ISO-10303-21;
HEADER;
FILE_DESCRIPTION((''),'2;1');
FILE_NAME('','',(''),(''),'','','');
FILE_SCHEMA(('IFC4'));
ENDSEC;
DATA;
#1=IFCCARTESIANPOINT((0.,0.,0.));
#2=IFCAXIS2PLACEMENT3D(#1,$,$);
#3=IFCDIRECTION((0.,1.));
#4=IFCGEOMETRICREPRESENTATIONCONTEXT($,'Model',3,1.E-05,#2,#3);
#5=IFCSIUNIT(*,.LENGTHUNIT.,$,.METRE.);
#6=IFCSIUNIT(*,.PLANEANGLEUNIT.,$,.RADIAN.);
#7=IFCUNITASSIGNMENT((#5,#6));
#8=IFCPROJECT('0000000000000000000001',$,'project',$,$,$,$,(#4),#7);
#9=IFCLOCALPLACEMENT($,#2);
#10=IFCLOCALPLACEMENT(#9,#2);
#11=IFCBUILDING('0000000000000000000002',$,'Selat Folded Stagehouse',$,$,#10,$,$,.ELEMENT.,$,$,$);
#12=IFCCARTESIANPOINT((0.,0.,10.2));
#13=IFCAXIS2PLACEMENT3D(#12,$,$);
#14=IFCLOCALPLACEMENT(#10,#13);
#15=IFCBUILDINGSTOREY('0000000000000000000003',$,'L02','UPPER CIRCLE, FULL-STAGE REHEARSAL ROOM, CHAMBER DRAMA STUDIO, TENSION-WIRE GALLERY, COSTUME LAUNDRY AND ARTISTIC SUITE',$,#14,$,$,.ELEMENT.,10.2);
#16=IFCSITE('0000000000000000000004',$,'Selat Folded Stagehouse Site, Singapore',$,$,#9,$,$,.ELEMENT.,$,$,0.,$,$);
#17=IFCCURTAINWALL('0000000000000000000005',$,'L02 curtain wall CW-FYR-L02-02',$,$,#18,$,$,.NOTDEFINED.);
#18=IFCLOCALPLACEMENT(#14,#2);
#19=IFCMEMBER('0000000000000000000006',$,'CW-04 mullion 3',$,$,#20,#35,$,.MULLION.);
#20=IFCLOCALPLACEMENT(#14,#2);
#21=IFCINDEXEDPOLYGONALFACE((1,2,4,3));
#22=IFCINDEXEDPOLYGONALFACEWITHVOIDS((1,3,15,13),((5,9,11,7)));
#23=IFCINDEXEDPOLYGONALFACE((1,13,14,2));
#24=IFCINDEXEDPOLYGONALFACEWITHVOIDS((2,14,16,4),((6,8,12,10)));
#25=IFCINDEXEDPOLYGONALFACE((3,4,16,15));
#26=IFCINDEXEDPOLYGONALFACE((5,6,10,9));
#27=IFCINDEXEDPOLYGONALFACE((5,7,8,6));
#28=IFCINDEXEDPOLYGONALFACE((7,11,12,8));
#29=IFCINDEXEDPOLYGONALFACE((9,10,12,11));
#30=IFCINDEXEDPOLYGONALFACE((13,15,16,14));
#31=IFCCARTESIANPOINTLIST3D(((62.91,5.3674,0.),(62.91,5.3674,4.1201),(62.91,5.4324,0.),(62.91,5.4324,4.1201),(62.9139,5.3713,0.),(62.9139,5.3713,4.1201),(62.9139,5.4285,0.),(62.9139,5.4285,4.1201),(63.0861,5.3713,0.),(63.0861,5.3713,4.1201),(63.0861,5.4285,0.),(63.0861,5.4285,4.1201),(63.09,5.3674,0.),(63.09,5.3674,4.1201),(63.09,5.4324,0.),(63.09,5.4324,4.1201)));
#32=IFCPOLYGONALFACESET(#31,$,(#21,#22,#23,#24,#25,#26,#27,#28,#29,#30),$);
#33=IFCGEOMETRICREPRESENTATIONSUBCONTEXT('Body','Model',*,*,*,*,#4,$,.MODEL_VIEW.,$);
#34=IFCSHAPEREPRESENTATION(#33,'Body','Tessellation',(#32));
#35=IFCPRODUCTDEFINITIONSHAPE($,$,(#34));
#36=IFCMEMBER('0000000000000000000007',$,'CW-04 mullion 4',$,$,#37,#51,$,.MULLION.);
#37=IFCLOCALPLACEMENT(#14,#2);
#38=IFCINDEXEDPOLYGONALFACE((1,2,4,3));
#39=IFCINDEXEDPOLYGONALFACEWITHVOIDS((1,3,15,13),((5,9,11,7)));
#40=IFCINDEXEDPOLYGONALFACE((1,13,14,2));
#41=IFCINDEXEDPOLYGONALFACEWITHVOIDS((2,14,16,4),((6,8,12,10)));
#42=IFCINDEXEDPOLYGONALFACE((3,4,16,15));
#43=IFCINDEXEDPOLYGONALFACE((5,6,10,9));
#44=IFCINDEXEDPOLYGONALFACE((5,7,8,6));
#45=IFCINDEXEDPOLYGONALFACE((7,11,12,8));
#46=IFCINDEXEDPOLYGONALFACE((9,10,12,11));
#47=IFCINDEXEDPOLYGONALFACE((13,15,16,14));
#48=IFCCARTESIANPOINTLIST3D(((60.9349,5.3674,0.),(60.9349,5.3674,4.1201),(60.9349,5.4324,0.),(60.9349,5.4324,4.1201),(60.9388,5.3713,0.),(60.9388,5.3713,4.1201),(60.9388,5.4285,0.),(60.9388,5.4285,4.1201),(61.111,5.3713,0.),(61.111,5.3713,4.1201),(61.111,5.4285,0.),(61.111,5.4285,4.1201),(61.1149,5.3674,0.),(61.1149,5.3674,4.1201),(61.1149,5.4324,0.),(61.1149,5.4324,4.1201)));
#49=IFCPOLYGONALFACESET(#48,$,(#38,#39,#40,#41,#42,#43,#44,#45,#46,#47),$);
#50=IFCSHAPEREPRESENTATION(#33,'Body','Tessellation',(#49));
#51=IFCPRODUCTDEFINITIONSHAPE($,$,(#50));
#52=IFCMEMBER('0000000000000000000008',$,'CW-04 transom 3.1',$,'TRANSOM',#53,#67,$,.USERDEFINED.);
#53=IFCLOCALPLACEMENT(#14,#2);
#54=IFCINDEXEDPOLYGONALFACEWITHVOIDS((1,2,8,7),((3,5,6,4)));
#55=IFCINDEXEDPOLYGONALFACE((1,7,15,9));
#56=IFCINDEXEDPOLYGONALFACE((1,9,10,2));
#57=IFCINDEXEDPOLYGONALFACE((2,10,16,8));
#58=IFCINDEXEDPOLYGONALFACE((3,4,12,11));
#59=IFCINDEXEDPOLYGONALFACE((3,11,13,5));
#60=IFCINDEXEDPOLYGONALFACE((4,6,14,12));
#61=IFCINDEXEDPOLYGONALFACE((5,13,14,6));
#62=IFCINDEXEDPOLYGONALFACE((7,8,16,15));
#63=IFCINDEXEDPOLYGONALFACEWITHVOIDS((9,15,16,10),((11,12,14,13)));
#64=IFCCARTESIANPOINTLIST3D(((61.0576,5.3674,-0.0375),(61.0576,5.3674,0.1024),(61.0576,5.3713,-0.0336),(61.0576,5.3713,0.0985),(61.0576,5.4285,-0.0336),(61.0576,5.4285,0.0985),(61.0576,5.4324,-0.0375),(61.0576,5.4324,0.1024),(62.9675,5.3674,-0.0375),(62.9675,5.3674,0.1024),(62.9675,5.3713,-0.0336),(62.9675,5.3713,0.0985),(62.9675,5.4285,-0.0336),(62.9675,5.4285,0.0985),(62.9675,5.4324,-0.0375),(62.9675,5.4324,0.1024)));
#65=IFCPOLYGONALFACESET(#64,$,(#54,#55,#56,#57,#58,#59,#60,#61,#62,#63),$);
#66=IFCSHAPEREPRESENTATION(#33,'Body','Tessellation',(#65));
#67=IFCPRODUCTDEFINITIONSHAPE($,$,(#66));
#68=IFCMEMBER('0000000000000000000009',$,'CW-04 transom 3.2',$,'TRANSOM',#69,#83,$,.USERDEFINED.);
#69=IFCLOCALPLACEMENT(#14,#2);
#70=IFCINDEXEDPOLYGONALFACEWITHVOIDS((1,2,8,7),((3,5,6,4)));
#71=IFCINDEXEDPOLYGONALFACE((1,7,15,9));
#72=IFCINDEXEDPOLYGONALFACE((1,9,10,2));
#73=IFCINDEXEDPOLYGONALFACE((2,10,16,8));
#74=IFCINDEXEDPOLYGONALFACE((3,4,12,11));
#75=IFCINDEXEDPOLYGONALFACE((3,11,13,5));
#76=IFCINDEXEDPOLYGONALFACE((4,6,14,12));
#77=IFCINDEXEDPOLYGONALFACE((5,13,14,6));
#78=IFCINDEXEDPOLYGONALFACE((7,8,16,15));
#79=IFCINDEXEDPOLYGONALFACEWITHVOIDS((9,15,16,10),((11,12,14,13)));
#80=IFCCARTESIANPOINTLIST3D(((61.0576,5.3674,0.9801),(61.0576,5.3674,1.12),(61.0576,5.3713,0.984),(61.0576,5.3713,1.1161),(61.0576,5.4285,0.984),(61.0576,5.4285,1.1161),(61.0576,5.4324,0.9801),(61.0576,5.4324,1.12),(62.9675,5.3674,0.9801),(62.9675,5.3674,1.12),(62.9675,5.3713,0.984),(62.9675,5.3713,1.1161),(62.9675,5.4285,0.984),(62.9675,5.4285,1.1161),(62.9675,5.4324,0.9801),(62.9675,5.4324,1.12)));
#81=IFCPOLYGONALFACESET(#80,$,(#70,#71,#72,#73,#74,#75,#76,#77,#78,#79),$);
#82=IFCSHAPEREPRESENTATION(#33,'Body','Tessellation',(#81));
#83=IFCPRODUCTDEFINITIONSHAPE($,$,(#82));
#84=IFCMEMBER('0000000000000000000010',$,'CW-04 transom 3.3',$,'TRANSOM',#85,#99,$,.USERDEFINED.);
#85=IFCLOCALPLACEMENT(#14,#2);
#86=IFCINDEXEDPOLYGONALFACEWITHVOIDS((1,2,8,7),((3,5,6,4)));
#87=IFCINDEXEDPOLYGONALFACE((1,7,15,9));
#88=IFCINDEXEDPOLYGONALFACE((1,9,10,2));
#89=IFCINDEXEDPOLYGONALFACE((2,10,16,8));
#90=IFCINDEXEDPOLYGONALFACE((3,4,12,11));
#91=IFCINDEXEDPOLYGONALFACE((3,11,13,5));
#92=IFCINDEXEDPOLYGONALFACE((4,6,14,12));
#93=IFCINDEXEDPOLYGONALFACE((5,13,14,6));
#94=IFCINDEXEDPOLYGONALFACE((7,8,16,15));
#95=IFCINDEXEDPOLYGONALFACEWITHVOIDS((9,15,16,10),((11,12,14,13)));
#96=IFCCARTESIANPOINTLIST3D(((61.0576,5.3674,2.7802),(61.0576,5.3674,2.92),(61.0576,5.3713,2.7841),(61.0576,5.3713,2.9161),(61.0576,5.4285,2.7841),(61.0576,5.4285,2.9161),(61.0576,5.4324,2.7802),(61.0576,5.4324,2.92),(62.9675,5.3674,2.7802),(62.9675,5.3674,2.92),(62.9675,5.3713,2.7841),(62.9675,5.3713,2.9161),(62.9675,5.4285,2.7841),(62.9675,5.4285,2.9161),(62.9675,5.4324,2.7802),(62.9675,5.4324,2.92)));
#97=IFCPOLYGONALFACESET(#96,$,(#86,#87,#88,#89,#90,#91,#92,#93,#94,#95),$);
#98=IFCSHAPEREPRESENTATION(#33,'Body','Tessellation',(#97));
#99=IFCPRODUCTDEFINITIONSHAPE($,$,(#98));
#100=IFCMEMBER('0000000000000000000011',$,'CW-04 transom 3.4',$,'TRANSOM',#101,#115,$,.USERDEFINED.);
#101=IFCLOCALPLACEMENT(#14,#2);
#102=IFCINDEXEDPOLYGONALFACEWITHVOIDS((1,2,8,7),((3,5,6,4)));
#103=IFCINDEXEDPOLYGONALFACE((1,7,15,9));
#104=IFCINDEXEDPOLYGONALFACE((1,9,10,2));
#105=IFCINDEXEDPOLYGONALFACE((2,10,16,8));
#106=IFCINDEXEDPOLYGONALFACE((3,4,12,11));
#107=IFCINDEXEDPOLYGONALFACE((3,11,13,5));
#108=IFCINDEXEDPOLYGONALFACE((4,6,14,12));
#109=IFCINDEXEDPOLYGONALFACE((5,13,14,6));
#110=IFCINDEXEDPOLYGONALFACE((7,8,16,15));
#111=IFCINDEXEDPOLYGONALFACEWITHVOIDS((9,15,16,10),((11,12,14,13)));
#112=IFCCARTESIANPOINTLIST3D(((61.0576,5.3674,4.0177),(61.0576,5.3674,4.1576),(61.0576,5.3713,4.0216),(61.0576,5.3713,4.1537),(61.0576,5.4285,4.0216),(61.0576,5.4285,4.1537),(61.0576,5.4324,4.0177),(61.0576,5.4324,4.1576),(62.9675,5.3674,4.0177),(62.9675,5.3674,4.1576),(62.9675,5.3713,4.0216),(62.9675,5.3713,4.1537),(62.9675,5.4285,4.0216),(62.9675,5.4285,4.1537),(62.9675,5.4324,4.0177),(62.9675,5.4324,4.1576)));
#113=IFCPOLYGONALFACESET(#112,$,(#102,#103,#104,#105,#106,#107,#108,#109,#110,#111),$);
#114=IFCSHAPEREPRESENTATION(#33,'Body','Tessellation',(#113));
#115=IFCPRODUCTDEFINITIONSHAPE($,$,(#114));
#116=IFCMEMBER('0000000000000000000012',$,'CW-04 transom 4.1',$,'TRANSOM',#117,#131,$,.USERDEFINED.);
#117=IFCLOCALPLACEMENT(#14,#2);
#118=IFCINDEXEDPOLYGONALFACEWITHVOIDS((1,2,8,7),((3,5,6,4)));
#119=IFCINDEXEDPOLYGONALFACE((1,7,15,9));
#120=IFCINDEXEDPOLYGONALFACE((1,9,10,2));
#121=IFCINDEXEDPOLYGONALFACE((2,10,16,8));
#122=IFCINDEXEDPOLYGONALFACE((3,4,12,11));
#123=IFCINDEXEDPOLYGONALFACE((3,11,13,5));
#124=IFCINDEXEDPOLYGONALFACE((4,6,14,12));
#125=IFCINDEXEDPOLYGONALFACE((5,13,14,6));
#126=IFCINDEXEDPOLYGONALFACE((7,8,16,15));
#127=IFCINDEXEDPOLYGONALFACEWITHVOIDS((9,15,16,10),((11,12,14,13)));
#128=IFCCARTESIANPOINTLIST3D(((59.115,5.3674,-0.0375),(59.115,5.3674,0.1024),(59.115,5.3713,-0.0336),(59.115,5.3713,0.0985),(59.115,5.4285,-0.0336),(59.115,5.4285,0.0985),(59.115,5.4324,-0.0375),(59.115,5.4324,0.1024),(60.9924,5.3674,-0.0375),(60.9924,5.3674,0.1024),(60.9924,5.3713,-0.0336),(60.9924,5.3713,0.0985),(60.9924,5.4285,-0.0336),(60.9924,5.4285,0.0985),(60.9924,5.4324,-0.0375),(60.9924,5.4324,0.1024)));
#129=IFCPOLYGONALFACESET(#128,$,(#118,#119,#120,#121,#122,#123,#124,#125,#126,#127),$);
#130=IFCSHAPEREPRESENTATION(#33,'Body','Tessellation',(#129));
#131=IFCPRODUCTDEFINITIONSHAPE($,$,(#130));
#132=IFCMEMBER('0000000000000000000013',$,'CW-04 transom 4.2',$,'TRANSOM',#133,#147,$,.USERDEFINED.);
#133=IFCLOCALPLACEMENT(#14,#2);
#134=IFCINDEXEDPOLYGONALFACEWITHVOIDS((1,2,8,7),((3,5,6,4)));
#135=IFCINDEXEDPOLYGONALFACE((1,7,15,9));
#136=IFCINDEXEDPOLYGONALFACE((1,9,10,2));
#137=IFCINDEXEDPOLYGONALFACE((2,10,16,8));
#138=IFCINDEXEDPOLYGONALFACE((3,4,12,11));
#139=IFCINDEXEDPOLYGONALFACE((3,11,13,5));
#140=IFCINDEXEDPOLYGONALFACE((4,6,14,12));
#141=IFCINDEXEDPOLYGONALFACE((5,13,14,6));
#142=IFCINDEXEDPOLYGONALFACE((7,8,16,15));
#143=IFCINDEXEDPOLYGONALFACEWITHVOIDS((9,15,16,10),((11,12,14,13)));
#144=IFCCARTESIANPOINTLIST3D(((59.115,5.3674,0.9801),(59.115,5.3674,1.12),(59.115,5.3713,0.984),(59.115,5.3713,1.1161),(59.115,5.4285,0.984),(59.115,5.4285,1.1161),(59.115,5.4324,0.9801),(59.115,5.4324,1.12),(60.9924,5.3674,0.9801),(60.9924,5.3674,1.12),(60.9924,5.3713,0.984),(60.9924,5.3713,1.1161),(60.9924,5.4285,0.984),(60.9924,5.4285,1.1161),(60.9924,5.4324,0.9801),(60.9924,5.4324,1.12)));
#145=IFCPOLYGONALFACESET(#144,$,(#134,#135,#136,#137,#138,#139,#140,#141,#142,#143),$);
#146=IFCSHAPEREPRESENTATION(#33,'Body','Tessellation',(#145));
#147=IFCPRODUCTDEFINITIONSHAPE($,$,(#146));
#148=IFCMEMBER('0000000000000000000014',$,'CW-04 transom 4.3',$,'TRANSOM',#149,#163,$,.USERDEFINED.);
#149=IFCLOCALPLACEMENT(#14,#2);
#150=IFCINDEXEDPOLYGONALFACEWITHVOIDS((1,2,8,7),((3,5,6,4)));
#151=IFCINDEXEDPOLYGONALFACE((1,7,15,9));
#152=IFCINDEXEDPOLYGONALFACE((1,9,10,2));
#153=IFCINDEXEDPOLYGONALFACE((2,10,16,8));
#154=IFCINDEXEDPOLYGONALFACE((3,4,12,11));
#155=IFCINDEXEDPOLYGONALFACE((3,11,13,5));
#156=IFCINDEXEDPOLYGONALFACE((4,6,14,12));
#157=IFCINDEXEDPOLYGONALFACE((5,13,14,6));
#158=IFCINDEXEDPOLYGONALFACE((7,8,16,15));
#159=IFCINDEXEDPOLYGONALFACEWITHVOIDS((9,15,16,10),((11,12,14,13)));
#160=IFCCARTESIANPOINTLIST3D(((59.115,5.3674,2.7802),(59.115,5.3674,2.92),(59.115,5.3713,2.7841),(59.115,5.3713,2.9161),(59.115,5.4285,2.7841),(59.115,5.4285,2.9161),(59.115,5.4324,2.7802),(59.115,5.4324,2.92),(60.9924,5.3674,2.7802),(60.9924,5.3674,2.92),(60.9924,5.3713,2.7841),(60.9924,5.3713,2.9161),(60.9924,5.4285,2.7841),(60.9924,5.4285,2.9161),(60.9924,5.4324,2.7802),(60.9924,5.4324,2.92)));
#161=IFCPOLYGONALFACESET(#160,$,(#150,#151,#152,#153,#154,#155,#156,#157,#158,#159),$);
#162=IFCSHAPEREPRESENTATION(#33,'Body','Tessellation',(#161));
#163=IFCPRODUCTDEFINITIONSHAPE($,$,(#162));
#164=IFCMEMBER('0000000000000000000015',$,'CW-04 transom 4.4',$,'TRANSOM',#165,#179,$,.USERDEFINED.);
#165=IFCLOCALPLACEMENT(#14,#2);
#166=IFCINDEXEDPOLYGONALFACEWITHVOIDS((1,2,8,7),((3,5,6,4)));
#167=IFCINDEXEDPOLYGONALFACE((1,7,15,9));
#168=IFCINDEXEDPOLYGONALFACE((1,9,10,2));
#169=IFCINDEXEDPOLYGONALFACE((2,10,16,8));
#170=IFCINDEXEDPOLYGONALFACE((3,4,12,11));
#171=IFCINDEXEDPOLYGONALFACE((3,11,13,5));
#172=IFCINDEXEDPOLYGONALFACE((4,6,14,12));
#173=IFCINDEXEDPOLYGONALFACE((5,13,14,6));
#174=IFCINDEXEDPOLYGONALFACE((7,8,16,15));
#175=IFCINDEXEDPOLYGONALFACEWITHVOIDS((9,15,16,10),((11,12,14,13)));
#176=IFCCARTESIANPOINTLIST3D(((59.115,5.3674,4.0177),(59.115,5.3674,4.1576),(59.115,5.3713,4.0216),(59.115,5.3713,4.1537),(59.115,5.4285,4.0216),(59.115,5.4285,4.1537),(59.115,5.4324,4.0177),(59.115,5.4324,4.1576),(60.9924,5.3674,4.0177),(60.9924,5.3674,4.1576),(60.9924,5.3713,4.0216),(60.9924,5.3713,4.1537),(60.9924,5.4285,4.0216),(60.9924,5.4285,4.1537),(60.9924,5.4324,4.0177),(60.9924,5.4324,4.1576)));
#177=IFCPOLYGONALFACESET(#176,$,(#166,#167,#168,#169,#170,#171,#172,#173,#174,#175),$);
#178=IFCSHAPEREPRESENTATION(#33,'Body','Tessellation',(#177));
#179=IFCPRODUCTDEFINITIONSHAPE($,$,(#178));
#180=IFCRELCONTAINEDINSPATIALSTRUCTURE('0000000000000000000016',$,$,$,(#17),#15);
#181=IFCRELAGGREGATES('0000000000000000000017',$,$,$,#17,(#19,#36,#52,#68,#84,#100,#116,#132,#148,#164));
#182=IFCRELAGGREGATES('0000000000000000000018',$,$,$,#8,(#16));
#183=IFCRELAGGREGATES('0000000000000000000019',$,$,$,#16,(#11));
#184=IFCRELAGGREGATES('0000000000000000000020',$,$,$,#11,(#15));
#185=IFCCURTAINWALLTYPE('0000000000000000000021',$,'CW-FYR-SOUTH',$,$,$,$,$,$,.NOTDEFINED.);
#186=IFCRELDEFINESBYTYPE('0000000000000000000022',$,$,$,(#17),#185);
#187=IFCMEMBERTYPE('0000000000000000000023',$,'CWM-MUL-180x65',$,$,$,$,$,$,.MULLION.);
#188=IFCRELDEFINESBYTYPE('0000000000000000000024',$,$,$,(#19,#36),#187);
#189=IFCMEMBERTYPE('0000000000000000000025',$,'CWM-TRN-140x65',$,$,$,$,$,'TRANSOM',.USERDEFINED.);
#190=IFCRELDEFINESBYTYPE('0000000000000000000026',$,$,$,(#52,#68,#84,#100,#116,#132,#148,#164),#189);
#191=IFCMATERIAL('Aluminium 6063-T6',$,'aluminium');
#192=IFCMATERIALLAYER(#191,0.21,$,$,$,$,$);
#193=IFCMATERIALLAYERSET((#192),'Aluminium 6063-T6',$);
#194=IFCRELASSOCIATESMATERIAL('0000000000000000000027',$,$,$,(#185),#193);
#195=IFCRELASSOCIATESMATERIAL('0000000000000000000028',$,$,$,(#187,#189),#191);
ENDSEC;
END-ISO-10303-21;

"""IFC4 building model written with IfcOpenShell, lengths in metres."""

from ifc_helpers import new_model, si_unit, direction, frame, origin, origin_2d, place, context, subcontext, project, spatial, hollow_rectangle, extrude, material, layer, layer_set, material_profile, profile_set, type_object, element, aggregate, save


model = new_model("IFC4")

# Units and contexts
model_context = context("Model", 3, precision=1e-05, world=origin(), true_north=direction((0.0, 1.0)))
body_context = subcontext(model_context, "Body", "Model", "MODEL_VIEW")
ifc_project = project(units=[si_unit("LENGTHUNIT", "METRE"), si_unit("PLANEANGLEUNIT", "RADIAN")], contexts=[model_context])

# Site, building, storey
site_placement = place(None, origin())
site = spatial("IfcSite", under=ifc_project, at=site_placement, Name="Selat Folded Stagehouse Site, Singapore", CompositionType="ELEMENT", RefElevation=0.0)
building_placement = place(site_placement, origin())
building = spatial("IfcBuilding", under=site, at=building_placement, Name="Selat Folded Stagehouse", CompositionType="ELEMENT")
storey_placement = place(building_placement, frame((0.0, 0.0, 10.2)))
storey = spatial("IfcBuildingStorey", under=building, at=storey_placement, Name="L02", Description="UPPER CIRCLE, FULL-STAGE REHEARSAL ROOM, CHAMBER DRAMA STUDIO, TENSION-WIRE GALLERY, COSTUME LAUNDRY AND ARTISTIC SUITE", CompositionType="ELEMENT", Elevation=10.2)

# Curtain wall, members
ifc_material_1 = material(Name="Aluminium 6063-T6", Category="aluminium")
ifc_layer_1 = layer(ifc_material_1, 0.21)
ifc_layer_set_1 = layer_set([ifc_layer_1], Name="Aluminium 6063-T6")
curtain_wall_type = type_object("IfcCurtainWallType", Name="CW-FYR-SOUTH", PredefinedType="NOTDEFINED", material=ifc_layer_set_1)
curtain_wall_placement = place(storey_placement, origin())
curtain_wall = element("IfcCurtainWall", 1, at=curtain_wall_placement, inside=storey, type_object=curtain_wall_type, Name="L02 curtain wall CW-FYR-L02-02", PredefinedType="NOTDEFINED")
ifc_material_profile_1 = material_profile(ifc_material_1, hollow_rectangle(XDim=0.0649, YDim=0.1799, WallThickness=0.0039, at=origin_2d()), Name="ALU 180x65x4.0")
ifc_profile_set_1 = profile_set([ifc_material_profile_1], Name="Aluminium 6063-T6")
member_type_1 = type_object("IfcMemberType", Name="CWM-MUL-180x65", PredefinedType="MULLION", material=ifc_profile_set_1)
member_1_placement = place(storey_placement, frame((63.0, 5.3999, 0.0), z_axis=(0.0, 0.0, 1.0), x_axis=(0.0, -1.0, 0.0)))
member_1 = element("IfcMember", 2, at=member_1_placement, type_object=member_type_1, Name="CW-04 mullion 3", PredefinedType="MULLION", context=body_context, shape_type="SweptSolid", body=[
    extrude(hollow_rectangle(XDim=0.0649, YDim=0.1799, WallThickness=0.0039, at=origin_2d()), origin(), (0.0, 0.0, 1.0), 4.1201),
])
member_2_placement = place(storey_placement, frame((61.0249, 5.3999, 0.0), z_axis=(0.0, 0.0, 1.0), x_axis=(0.0, -1.0, 0.0)))
member_2 = element("IfcMember", 3, at=member_2_placement, type_object=member_type_1, Name="CW-04 mullion 4", PredefinedType="MULLION", context=body_context, shape_type="SweptSolid", body=[
    extrude(hollow_rectangle(XDim=0.0649, YDim=0.1799, WallThickness=0.0039, at=origin_2d()), origin(), (0.0, 0.0, 1.0), 4.1201),
])
ifc_material_profile_2 = material_profile(ifc_material_1, hollow_rectangle(XDim=0.0649, YDim=0.1399, WallThickness=0.0039, at=origin_2d()), Name="ALU 140x65x4.0")
ifc_profile_set_2 = profile_set([ifc_material_profile_2], Name="Aluminium 6063-T6")
member_type_2 = type_object("IfcMemberType", Name="CWM-TRN-140x65", ElementType="TRANSOM", PredefinedType="USERDEFINED", material=ifc_profile_set_2)
member_3_placement = place(storey_placement, frame((62.9675, 5.3999, 0.0325), z_axis=(-1.0, 0.0, 0.0), x_axis=(0.0, -1.0, 0.0)))
member_3 = element("IfcMember", 4, at=member_3_placement, type_object=member_type_2, Name="CW-04 transom 3.1", ObjectType="TRANSOM", PredefinedType="USERDEFINED", context=body_context, shape_type="SweptSolid", body=[
    extrude(hollow_rectangle(XDim=0.0649, YDim=0.1399, WallThickness=0.0039, at=origin_2d()), origin(), (0.0, 0.0, 1.0), 1.9099),
])
member_4_placement = place(storey_placement, frame((62.9675, 5.3999, 1.05), z_axis=(-1.0, 0.0, 0.0), x_axis=(0.0, -1.0, 0.0)))
member_4 = element("IfcMember", 5, at=member_4_placement, type_object=member_type_2, Name="CW-04 transom 3.2", ObjectType="TRANSOM", PredefinedType="USERDEFINED", context=body_context, shape_type="SweptSolid", body=[
    extrude(hollow_rectangle(XDim=0.0649, YDim=0.1399, WallThickness=0.0039, at=origin_2d()), origin(), (0.0, 0.0, 1.0), 1.9099),
])
member_5_placement = place(storey_placement, frame((62.9675, 5.3999, 2.8501), z_axis=(-1.0, 0.0, 0.0), x_axis=(0.0, -1.0, 0.0)))
member_5 = element("IfcMember", 6, at=member_5_placement, type_object=member_type_2, Name="CW-04 transom 3.3", ObjectType="TRANSOM", PredefinedType="USERDEFINED", context=body_context, shape_type="SweptSolid", body=[
    extrude(hollow_rectangle(XDim=0.0649, YDim=0.1399, WallThickness=0.0039, at=origin_2d()), origin(), (0.0, 0.0, 1.0), 1.9099),
])
member_6_placement = place(storey_placement, frame((62.9675, 5.3999, 4.0876), z_axis=(-1.0, 0.0, 0.0), x_axis=(0.0, -1.0, 0.0)))
member_6 = element("IfcMember", 7, at=member_6_placement, type_object=member_type_2, Name="CW-04 transom 3.4", ObjectType="TRANSOM", PredefinedType="USERDEFINED", context=body_context, shape_type="SweptSolid", body=[
    extrude(hollow_rectangle(XDim=0.0649, YDim=0.1399, WallThickness=0.0039, at=origin_2d()), origin(), (0.0, 0.0, 1.0), 1.9099),
])
member_7_placement = place(storey_placement, frame((60.9924, 5.3999, 0.0325), z_axis=(-1.0, 0.0, 0.0), x_axis=(0.0, -1.0, 0.0)))
member_7 = element("IfcMember", 8, at=member_7_placement, type_object=member_type_2, Name="CW-04 transom 4.1", ObjectType="TRANSOM", PredefinedType="USERDEFINED", context=body_context, shape_type="SweptSolid", body=[
    extrude(hollow_rectangle(XDim=0.0649, YDim=0.1399, WallThickness=0.0039, at=origin_2d()), origin(), (0.0, 0.0, 1.0), 1.8774),
])
member_8_placement = place(storey_placement, frame((60.9924, 5.3999, 1.05), z_axis=(-1.0, 0.0, 0.0), x_axis=(0.0, -1.0, 0.0)))
member_8 = element("IfcMember", 9, at=member_8_placement, type_object=member_type_2, Name="CW-04 transom 4.2", ObjectType="TRANSOM", PredefinedType="USERDEFINED", context=body_context, shape_type="SweptSolid", body=[
    extrude(hollow_rectangle(XDim=0.0649, YDim=0.1399, WallThickness=0.0039, at=origin_2d()), origin(), (0.0, 0.0, 1.0), 1.8774),
])
member_9_placement = place(storey_placement, frame((60.9924, 5.3999, 2.8501), z_axis=(-1.0, 0.0, 0.0), x_axis=(0.0, -1.0, 0.0)))
member_9 = element("IfcMember", 10, at=member_9_placement, type_object=member_type_2, Name="CW-04 transom 4.3", ObjectType="TRANSOM", PredefinedType="USERDEFINED", context=body_context, shape_type="SweptSolid", body=[
    extrude(hollow_rectangle(XDim=0.0649, YDim=0.1399, WallThickness=0.0039, at=origin_2d()), origin(), (0.0, 0.0, 1.0), 1.8774),
])
member_10_placement = place(storey_placement, frame((60.9924, 5.3999, 4.0876), z_axis=(-1.0, 0.0, 0.0), x_axis=(0.0, -1.0, 0.0)))
member_10 = element("IfcMember", 11, at=member_10_placement, type_object=member_type_2, Name="CW-04 transom 4.4", ObjectType="TRANSOM", PredefinedType="USERDEFINED", context=body_context, shape_type="SweptSolid", body=[
    extrude(hollow_rectangle(XDim=0.0649, YDim=0.1399, WallThickness=0.0039, at=origin_2d()), origin(), (0.0, 0.0, 1.0), 1.8774),
])

aggregate(curtain_wall, [member_1, member_2, member_3, member_4, member_5, member_6, member_7, member_8, member_9, member_10])

save(model, "model.ifc")
